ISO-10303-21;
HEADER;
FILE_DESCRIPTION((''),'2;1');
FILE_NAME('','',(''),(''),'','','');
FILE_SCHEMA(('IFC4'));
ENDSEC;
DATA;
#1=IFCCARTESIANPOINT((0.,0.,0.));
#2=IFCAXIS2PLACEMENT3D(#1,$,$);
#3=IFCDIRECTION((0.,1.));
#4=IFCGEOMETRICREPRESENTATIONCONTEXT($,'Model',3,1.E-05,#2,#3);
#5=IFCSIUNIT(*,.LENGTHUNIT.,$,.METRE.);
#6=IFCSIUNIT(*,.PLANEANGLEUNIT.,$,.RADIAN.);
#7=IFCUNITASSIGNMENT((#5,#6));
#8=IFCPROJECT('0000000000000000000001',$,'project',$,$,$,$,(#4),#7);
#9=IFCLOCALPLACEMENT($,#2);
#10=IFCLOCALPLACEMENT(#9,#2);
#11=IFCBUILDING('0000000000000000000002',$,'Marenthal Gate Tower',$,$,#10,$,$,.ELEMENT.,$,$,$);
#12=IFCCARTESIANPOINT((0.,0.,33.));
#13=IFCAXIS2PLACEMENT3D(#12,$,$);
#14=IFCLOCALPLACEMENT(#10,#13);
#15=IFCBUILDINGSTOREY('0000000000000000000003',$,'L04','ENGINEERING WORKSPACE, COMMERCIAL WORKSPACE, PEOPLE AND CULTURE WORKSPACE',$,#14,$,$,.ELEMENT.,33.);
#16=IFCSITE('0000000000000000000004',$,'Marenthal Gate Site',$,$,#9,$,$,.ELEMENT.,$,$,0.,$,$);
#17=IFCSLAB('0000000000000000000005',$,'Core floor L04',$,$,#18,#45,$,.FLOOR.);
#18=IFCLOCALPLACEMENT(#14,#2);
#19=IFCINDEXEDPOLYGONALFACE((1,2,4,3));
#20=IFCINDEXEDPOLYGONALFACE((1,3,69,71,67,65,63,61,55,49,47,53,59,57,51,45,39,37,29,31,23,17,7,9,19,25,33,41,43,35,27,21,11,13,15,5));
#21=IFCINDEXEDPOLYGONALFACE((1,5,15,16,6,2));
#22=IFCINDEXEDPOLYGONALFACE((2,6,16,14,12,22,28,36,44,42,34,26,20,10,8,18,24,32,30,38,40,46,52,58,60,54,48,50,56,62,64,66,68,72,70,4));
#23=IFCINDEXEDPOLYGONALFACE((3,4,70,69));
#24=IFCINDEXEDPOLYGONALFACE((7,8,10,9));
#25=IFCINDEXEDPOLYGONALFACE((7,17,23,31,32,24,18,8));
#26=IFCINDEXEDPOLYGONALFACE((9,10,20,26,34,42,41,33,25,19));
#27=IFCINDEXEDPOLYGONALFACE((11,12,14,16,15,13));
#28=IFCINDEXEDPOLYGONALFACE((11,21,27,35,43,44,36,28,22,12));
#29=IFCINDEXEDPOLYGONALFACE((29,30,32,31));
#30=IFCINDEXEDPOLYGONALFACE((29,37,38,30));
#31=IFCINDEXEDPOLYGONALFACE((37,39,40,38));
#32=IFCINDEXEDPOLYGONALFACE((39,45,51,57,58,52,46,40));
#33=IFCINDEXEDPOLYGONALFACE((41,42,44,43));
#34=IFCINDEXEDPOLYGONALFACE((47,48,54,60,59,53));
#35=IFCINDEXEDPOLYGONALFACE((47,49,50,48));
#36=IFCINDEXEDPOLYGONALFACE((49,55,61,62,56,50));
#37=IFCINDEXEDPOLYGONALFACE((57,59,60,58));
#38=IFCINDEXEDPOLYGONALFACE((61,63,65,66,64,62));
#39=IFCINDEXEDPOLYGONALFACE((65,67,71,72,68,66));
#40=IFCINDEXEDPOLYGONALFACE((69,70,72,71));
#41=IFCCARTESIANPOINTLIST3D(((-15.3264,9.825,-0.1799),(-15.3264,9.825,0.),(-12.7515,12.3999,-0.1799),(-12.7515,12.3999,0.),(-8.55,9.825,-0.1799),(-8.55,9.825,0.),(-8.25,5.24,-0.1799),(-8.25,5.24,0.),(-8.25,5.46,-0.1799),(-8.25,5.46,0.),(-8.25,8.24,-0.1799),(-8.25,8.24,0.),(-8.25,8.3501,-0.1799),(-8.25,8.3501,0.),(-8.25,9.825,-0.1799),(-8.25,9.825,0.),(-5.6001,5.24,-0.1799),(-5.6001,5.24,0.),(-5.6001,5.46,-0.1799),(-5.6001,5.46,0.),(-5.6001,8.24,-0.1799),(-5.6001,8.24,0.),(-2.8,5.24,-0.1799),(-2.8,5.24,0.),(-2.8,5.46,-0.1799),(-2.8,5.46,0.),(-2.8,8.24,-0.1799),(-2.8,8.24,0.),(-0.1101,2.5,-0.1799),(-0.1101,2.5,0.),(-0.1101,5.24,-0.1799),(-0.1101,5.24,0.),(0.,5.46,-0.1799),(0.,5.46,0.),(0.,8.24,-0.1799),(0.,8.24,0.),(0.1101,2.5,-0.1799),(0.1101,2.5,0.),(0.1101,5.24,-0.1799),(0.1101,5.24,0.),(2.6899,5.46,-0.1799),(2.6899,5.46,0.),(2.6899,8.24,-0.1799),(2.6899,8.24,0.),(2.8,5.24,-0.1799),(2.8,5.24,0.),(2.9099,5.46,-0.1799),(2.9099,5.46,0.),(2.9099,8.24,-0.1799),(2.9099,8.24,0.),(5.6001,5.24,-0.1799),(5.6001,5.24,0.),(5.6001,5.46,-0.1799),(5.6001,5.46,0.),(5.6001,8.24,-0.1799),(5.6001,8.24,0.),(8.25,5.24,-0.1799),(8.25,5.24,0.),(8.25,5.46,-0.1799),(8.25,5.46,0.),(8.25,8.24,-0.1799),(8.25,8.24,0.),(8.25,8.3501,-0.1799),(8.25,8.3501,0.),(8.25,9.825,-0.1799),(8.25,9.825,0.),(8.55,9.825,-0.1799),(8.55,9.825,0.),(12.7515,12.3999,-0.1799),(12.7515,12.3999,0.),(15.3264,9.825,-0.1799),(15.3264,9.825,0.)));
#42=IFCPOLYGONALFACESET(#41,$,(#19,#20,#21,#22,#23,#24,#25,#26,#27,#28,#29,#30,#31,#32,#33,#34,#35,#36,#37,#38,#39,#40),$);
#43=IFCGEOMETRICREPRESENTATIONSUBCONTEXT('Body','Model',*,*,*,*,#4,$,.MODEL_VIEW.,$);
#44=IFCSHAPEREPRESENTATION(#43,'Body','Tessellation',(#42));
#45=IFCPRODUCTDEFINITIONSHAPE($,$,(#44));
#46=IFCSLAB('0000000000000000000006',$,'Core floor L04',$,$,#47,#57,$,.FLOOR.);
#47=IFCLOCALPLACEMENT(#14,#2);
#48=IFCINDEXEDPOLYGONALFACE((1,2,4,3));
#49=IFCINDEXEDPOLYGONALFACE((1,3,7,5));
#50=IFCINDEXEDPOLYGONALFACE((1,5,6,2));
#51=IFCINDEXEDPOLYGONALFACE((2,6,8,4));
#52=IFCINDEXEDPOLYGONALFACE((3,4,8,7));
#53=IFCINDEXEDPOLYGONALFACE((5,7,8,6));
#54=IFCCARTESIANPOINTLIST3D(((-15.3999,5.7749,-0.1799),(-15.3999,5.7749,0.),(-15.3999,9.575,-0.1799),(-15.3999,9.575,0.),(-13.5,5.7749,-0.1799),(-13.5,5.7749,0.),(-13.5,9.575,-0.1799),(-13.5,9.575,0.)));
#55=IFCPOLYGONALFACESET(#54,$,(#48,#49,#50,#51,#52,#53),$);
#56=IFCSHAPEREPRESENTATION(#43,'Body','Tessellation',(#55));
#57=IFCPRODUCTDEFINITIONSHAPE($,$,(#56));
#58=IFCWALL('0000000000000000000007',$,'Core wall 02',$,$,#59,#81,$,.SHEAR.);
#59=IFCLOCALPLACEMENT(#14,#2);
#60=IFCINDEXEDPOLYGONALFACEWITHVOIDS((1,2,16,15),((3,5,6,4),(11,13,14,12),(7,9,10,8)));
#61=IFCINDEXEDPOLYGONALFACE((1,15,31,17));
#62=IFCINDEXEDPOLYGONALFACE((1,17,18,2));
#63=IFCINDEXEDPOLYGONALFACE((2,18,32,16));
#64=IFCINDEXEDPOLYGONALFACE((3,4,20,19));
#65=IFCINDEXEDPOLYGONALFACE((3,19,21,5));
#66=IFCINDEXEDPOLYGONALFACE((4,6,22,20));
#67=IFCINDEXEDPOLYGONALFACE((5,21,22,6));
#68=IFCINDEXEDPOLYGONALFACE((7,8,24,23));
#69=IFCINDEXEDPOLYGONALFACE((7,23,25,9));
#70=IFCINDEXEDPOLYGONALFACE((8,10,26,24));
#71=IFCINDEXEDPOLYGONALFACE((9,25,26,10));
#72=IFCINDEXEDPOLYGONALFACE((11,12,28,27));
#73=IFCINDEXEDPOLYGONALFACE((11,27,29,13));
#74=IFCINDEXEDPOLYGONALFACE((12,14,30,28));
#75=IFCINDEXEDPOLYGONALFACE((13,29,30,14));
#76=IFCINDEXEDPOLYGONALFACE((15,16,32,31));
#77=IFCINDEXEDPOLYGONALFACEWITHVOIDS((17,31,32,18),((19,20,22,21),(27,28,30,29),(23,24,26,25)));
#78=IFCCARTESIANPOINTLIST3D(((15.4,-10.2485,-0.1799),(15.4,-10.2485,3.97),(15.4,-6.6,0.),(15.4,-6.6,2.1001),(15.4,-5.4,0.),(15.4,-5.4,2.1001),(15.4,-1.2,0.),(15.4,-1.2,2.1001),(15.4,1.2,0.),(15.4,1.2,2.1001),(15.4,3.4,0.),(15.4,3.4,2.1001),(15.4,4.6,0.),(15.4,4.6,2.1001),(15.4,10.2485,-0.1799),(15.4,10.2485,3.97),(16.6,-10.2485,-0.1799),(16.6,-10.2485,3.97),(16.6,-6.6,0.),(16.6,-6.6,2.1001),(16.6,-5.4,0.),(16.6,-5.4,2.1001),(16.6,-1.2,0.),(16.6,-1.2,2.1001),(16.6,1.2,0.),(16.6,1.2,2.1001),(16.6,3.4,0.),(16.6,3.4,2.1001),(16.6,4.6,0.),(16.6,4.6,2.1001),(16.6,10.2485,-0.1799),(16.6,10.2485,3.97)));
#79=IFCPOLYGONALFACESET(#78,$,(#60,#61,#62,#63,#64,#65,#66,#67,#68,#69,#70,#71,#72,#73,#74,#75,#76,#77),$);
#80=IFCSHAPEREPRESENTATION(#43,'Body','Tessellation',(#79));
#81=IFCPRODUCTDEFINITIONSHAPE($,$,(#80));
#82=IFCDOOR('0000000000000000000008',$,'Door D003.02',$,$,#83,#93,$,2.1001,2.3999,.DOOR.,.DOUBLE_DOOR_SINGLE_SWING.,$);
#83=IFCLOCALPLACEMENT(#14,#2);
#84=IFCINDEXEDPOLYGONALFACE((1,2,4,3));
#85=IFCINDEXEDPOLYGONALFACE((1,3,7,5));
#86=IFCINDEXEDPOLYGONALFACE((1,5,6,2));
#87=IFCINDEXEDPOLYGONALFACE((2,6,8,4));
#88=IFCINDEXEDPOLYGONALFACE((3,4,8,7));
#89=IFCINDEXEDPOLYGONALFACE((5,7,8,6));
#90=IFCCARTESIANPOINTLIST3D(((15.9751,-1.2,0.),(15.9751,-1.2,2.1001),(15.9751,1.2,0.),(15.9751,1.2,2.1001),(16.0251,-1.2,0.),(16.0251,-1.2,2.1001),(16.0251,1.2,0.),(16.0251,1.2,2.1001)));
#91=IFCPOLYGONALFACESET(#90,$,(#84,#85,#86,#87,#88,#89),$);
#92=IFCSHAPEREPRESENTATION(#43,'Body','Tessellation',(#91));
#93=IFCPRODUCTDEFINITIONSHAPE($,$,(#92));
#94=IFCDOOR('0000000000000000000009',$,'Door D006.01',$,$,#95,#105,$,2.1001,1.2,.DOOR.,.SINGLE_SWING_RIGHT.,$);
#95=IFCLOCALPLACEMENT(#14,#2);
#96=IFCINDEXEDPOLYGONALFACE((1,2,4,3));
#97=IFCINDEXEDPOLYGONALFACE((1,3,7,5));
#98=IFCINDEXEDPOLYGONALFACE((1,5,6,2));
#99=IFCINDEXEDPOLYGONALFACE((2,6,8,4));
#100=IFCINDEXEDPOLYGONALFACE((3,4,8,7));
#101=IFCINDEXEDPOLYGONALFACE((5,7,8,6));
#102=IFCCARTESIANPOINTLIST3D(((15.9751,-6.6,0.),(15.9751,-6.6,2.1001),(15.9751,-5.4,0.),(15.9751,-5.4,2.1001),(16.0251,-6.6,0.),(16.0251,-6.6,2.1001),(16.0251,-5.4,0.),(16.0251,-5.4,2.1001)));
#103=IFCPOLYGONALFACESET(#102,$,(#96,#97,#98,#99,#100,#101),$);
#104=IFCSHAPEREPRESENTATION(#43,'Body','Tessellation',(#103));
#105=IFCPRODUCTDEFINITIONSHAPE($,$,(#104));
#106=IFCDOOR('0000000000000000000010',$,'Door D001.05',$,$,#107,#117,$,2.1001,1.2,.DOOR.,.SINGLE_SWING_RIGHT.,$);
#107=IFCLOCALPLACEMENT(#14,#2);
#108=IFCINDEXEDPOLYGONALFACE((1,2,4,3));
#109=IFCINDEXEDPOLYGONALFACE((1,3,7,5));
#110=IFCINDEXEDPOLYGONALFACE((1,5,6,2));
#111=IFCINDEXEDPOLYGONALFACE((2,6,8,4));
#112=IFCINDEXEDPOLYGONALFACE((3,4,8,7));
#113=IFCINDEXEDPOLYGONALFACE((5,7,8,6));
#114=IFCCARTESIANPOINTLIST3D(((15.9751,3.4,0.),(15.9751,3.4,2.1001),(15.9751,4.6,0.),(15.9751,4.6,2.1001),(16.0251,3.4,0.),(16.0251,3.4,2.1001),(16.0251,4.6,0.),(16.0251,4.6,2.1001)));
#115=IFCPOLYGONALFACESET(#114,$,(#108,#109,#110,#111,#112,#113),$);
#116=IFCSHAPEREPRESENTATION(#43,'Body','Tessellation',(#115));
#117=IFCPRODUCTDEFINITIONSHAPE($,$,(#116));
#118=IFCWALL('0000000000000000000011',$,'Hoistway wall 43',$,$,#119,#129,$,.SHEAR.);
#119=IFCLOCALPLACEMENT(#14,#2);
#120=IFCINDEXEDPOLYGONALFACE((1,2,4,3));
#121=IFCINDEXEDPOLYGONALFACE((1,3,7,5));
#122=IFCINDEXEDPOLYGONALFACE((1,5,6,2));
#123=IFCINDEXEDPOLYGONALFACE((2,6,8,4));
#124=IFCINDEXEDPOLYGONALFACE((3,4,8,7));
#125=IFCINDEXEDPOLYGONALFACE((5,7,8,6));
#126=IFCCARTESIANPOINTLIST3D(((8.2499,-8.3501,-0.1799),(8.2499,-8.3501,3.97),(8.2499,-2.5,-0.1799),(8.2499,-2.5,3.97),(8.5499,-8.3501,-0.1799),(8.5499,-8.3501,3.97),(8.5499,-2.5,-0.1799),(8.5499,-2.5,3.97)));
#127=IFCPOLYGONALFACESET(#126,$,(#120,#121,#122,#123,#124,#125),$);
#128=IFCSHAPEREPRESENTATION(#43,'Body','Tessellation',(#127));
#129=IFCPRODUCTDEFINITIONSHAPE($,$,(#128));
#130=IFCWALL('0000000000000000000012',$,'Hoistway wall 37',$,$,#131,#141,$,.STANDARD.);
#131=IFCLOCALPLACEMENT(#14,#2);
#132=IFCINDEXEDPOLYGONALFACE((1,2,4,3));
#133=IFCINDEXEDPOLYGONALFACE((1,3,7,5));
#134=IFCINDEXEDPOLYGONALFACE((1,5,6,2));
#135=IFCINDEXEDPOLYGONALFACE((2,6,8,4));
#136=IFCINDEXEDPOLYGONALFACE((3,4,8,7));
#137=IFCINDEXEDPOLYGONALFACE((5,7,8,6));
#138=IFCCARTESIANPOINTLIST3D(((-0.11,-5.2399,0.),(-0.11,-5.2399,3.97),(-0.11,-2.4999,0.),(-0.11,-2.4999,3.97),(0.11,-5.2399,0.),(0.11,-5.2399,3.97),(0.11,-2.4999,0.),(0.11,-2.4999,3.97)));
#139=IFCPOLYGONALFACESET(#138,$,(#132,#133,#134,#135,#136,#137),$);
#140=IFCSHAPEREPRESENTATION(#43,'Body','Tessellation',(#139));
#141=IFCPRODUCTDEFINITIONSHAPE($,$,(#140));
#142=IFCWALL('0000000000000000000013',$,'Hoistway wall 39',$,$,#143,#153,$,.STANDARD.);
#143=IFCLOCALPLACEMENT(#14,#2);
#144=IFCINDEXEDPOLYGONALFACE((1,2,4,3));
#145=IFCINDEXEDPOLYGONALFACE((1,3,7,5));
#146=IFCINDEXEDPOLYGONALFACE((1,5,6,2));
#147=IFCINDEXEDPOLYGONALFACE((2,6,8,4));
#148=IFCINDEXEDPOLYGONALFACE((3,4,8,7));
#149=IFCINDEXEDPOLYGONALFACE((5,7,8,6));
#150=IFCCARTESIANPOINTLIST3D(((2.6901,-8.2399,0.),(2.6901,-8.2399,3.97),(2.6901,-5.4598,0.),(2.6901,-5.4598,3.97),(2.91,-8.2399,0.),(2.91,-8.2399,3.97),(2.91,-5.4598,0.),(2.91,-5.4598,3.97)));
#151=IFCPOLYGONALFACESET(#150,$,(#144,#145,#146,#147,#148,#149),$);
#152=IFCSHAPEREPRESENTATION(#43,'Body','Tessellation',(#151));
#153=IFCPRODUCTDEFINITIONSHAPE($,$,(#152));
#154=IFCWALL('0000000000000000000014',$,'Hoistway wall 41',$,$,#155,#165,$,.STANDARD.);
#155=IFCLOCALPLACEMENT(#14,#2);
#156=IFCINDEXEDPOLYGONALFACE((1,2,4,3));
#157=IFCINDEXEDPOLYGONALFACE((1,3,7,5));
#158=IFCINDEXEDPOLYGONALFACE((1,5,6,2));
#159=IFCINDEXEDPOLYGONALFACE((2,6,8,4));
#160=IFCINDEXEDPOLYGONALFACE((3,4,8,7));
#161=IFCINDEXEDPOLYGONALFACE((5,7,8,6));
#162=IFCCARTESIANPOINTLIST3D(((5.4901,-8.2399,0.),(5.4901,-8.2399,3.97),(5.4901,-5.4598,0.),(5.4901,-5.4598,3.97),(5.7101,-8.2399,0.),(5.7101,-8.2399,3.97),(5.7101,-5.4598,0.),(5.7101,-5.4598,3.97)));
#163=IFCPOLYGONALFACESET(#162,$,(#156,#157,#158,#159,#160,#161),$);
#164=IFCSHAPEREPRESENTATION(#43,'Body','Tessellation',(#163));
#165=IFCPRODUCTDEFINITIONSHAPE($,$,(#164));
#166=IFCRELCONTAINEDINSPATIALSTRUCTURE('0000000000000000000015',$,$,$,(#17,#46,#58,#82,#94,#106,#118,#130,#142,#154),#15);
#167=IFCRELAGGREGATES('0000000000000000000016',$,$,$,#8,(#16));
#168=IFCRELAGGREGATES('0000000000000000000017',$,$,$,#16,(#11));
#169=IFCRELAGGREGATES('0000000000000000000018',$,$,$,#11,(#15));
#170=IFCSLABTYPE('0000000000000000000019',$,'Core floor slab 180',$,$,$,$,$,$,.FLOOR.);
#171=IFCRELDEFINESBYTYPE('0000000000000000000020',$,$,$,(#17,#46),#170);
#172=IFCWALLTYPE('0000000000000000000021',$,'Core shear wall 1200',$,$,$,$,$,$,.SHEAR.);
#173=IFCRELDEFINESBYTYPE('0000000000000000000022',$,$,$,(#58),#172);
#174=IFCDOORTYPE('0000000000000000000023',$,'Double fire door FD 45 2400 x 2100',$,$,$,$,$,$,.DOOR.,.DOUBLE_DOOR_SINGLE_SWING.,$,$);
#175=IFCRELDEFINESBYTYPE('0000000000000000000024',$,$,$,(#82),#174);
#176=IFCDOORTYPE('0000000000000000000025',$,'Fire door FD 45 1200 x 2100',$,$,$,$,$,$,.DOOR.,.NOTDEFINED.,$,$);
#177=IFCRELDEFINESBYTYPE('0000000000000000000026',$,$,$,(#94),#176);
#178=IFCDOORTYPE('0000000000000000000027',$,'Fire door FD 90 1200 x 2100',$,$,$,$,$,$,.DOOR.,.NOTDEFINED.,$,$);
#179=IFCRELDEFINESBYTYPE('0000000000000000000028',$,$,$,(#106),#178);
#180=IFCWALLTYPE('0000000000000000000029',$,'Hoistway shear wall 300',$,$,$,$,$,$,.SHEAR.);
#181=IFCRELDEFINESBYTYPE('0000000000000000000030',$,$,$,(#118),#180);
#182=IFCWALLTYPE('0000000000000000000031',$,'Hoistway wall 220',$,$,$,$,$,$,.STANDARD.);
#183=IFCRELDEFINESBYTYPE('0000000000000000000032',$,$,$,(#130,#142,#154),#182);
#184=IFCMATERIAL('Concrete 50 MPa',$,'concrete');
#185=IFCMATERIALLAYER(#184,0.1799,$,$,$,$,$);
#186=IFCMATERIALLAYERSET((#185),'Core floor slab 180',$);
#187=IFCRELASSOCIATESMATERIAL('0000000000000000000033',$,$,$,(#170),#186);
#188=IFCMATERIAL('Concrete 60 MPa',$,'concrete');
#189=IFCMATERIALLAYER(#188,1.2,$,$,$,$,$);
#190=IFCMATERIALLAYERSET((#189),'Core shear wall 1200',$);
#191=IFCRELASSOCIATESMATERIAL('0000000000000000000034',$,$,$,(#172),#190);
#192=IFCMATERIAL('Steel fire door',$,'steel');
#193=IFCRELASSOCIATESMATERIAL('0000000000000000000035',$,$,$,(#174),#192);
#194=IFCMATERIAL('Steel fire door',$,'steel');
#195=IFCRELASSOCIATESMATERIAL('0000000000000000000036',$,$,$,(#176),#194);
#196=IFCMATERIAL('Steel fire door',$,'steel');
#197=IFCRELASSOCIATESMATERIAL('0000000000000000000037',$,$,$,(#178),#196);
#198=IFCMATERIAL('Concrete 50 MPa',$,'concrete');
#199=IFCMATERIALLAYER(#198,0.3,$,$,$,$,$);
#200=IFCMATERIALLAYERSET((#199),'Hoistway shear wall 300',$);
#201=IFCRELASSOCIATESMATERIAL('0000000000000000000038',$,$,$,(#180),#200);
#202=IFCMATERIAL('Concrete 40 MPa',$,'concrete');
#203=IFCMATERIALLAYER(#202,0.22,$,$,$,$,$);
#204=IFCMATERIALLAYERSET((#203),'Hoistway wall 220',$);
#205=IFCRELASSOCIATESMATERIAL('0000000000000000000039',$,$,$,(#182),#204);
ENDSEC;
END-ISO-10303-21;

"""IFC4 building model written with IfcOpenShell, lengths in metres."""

from ifc_helpers import new_model, si_unit, direction, frame, frame_2d, origin, place, context, subcontext, project, spatial, polyline, rectangle, outline, extrude, material, layer, layer_set, type_object, element, fill, save


model = new_model("IFC4")

# Units and contexts
model_context = context("Model", 3, precision=1e-05, world=origin(), true_north=direction((0.0, 1.0)))
body_context = subcontext(model_context, "Body", "Model", "MODEL_VIEW")
ifc_project = project(units=[si_unit("LENGTHUNIT", "METRE"), si_unit("PLANEANGLEUNIT", "RADIAN")], contexts=[model_context])

# Site, building, storey
site_placement = place(None, origin())
site = spatial("IfcSite", under=ifc_project, at=site_placement, Name="Marenthal Gate Site", CompositionType="ELEMENT", RefElevation=0.0)
building_placement = place(site_placement, origin())
building = spatial("IfcBuilding", under=site, at=building_placement, Name="Marenthal Gate Tower", CompositionType="ELEMENT")
storey_placement = place(building_placement, frame((0.0, 0.0, 33.0)))
storey = spatial("IfcBuildingStorey", under=building, at=storey_placement, Name="L04", Description="ENGINEERING WORKSPACE, COMMERCIAL WORKSPACE, PEOPLE AND CULTURE WORKSPACE", CompositionType="ELEMENT", Elevation=33.0)

# Slabs
ifc_material_1 = material(Name="Concrete 50 MPa", Category="concrete")
ifc_layer_1 = layer(ifc_material_1, 0.1799)
ifc_layer_set_1 = layer_set([ifc_layer_1], Name="Core floor slab 180")
slab_type_1 = type_object("IfcSlabType", Name="Core floor slab 180", PredefinedType="FLOOR", material=ifc_layer_set_1)
slab_1_placement = place(storey_placement, frame((0.0, 0.0, -0.1799)))
element("IfcSlab", 1, at=slab_1_placement, inside=storey, type_object=slab_type_1, Name="Core floor L04", PredefinedType="FLOOR", context=body_context, shape_type="SweptSolid", body=[
    extrude(outline(polyline([(12.7515, 12.3999), (15.3264, 9.825), (8.55, 9.825), (8.25, 9.825), (8.25, 8.3501), (8.25, 8.24), (5.6001, 8.24), (2.9099, 8.24), (2.9099, 5.46), (5.6001, 5.46), (8.25, 5.46), (8.25, 5.24), (5.6001, 5.24), (2.8, 5.24), (0.1101, 5.24), (0.1101, 2.5), (-0.1101, 2.5), (-0.1101, 5.24), (-2.8, 5.24), (-5.6001, 5.24), (-8.25, 5.24), (-8.25, 5.46), (-5.6001, 5.46), (-2.8, 5.46), (0.0, 5.46), (2.6899, 5.46), (2.6899, 8.24), (0.0, 8.24), (-2.8, 8.24), (-5.6001, 8.24), (-8.25, 8.24), (-8.25, 8.3501), (-8.25, 9.825), (-8.55, 9.825), (-15.3264, 9.825), (-12.7515, 12.3999), (12.7515, 12.3999)])), origin(), (0.0, 0.0, 1.0), 0.1799),
])
slab_2_placement = place(storey_placement, frame((0.0, 0.0, -0.1799)))
element("IfcSlab", 2, at=slab_2_placement, inside=storey, type_object=slab_type_1, Name="Core floor L04", PredefinedType="FLOOR", context=body_context, shape_type="SweptSolid", body=[
    extrude(outline(polyline([(-15.3999, 9.575), (-13.5, 9.575), (-13.5, 5.7749), (-15.3999, 5.7749), (-15.3999, 9.575)])), origin(), (0.0, 0.0, 1.0), 0.1799),
])

# Wall, openings, doors
ifc_material_2 = material(Name="Concrete 60 MPa", Category="concrete")
ifc_layer_2 = layer(ifc_material_2, 1.2)
ifc_layer_set_2 = layer_set([ifc_layer_2], Name="Core shear wall 1200")
wall_type_1 = type_object("IfcWallType", Name="Core shear wall 1200", PredefinedType="SHEAR", material=ifc_layer_set_2)
wall_1_placement = place(storey_placement, frame((16.0, -10.2485, -0.1799), z_axis=(0.0, 0.0, 1.0), x_axis=(0.0, 1.0, 0.0)))
wall_1 = element("IfcWall", 3, at=wall_1_placement, inside=storey, type_object=wall_type_1, Name="Core wall 02", PredefinedType="SHEAR", context=body_context, shape_type="SweptSolid", body=[
    extrude(rectangle(XDim=20.4971, YDim=1.2, at=frame_2d((10.2485, 0.0))), origin(), (0.0, 0.0, 1.0), 4.1499),
])
opening_1_placement = place(wall_1_placement, frame((9.0486, 0.0, 0.1799)))
opening_1 = element("IfcOpeningElement", 4, at=opening_1_placement, cuts=wall_1, PredefinedType="OPENING", context=body_context, shape_type="SweptSolid", body=[
    extrude(rectangle(XDim=2.3999, YDim=2.1001, at=frame_2d((1.2, 1.05))), frame((0.0, 0.6099, 0.0), z_axis=(0.0, -1.0, 0.0), x_axis=(1.0, 0.0, 0.0)), (0.0, 0.0, 1.0), 1.22),
])
opening_2_placement = place(wall_1_placement, frame((13.6484, 0.0, 0.1799)))
opening_2 = element("IfcOpeningElement", 5, at=opening_2_placement, cuts=wall_1, PredefinedType="OPENING", context=body_context, shape_type="SweptSolid", body=[
    extrude(rectangle(XDim=1.2, YDim=2.1001, at=frame_2d((0.6001, 1.05))), frame((0.0, 0.6099, 0.0), z_axis=(0.0, -1.0, 0.0), x_axis=(1.0, 0.0, 0.0)), (0.0, 0.0, 1.0), 1.22),
])
opening_3_placement = place(wall_1_placement, frame((3.6484, 0.0, 0.1799)))
opening_3 = element("IfcOpeningElement", 6, at=opening_3_placement, cuts=wall_1, PredefinedType="OPENING", context=body_context, shape_type="SweptSolid", body=[
    extrude(rectangle(XDim=1.2, YDim=2.1001, at=frame_2d((0.6001, 1.05))), frame((0.0, 0.6099, 0.0), z_axis=(0.0, -1.0, 0.0), x_axis=(1.0, 0.0, 0.0)), (0.0, 0.0, 1.0), 1.22),
])
ifc_material_3 = material(Name="Steel fire door", Category="steel")
door_type_1 = type_object("IfcDoorType", Name="Double fire door FD 45 2400 x 2100", OperationType="DOUBLE_DOOR_SINGLE_SWING", PredefinedType="DOOR", material=ifc_material_3)
door_1_placement = place(opening_1_placement, origin())
door_1 = element("IfcDoor", 7, at=door_1_placement, inside=storey, type_object=door_type_1, Name="Door D003.02", OperationType="DOUBLE_DOOR_SINGLE_SWING", OverallHeight=2.1001, OverallWidth=2.3999, PredefinedType="DOOR", context=body_context, shape_type="SweptSolid", body=[
    extrude(rectangle(XDim=2.3999, YDim=2.1001, at=frame_2d((1.2, 1.05))), frame((0.0, 0.0249, 0.0), z_axis=(0.0, -1.0, 0.0), x_axis=(1.0, 0.0, 0.0)), (0.0, 0.0, 1.0), 0.05),
])
fill(opening_1, door_1)
ifc_material_4 = material(Name="Steel fire door", Category="steel")
door_type_2 = type_object("IfcDoorType", Name="Fire door FD 45 1200 x 2100", OperationType="NOTDEFINED", PredefinedType="DOOR", material=ifc_material_4)
door_2_placement = place(opening_3_placement, origin())
door_2 = element("IfcDoor", 8, at=door_2_placement, inside=storey, type_object=door_type_2, Name="Door D006.01", OperationType="SINGLE_SWING_RIGHT", OverallHeight=2.1001, OverallWidth=1.2, PredefinedType="DOOR", context=body_context, shape_type="SweptSolid", body=[
    extrude(rectangle(XDim=1.2, YDim=2.1001, at=frame_2d((0.6001, 1.05))), frame((0.0, 0.0249, 0.0), z_axis=(0.0, -1.0, 0.0), x_axis=(1.0, 0.0, 0.0)), (0.0, 0.0, 1.0), 0.05),
])
fill(opening_3, door_2)
ifc_material_5 = material(Name="Steel fire door", Category="steel")
door_type_3 = type_object("IfcDoorType", Name="Fire door FD 90 1200 x 2100", OperationType="NOTDEFINED", PredefinedType="DOOR", material=ifc_material_5)
door_3_placement = place(opening_2_placement, origin())
door_3 = element("IfcDoor", 9, at=door_3_placement, inside=storey, type_object=door_type_3, Name="Door D001.05", OperationType="SINGLE_SWING_RIGHT", OverallHeight=2.1001, OverallWidth=1.2, PredefinedType="DOOR", context=body_context, shape_type="SweptSolid", body=[
    extrude(rectangle(XDim=1.2, YDim=2.1001, at=frame_2d((0.6001, 1.05))), frame((0.0, 0.0249, 0.0), z_axis=(0.0, -1.0, 0.0), x_axis=(1.0, 0.0, 0.0)), (0.0, 0.0, 1.0), 0.05),
])
fill(opening_2, door_3)

# Walls
ifc_material_6 = material(Name="Concrete 50 MPa", Category="concrete")
ifc_layer_3 = layer(ifc_material_6, 0.3)
ifc_layer_set_3 = layer_set([ifc_layer_3], Name="Hoistway shear wall 300")
wall_type_2 = type_object("IfcWallType", Name="Hoistway shear wall 300", PredefinedType="SHEAR", material=ifc_layer_set_3)
wall_2_placement = place(storey_placement, frame((8.3999, -8.3501, -0.1799), z_axis=(0.0, 0.0, 1.0), x_axis=(0.0, 1.0, 0.0)))
element("IfcWall", 10, at=wall_2_placement, inside=storey, type_object=wall_type_2, Name="Hoistway wall 43", PredefinedType="SHEAR", context=body_context, shape_type="SweptSolid", body=[
    extrude(rectangle(XDim=5.8501, YDim=0.3, at=frame_2d((2.925, 0.0))), origin(), (0.0, 0.0, 1.0), 4.1499),
])
ifc_material_7 = material(Name="Concrete 40 MPa", Category="concrete")
ifc_layer_4 = layer(ifc_material_7, 0.22)
ifc_layer_set_4 = layer_set([ifc_layer_4], Name="Hoistway wall 220")
wall_type_3 = type_object("IfcWallType", Name="Hoistway wall 220", PredefinedType="STANDARD", material=ifc_layer_set_4)
wall_3_placement = place(storey_placement, frame((0.0, -5.24, 0.0), z_axis=(0.0, 0.0, 1.0), x_axis=(0.0, 1.0, 0.0)))
element("IfcWall", 11, at=wall_3_placement, inside=storey, type_object=wall_type_3, Name="Hoistway wall 37", PredefinedType="STANDARD", context=body_context, shape_type="SweptSolid", body=[
    extrude(rectangle(XDim=2.74, YDim=0.22, at=frame_2d((1.3701, 0.0))), origin(), (0.0, 0.0, 1.0), 3.97),
])
for number, where, z_axis, x_axis, name in (
    (12, (2.8, -8.24, 0.0), (0.0, 0.0, 1.0), (0.0, 1.0, 0.0), "Hoistway wall 39"),
    (13, (5.6001, -8.24, 0.0), (0.0, 0.0, 1.0), (0.0, 1.0, 0.0), "Hoistway wall 41"),
):
    element("IfcWall", number, at=place(storey_placement, frame(where, z_axis=z_axis, x_axis=x_axis)), inside=storey, type_object=wall_type_3, Name=name, PredefinedType="STANDARD", context=body_context, shape_type="SweptSolid", body=[
        extrude(rectangle(XDim=2.78, YDim=0.22, at=frame_2d((1.3901, 0.0))), origin(), (0.0, 0.0, 1.0), 3.97),
    ])

save(model, "model.ifc")
